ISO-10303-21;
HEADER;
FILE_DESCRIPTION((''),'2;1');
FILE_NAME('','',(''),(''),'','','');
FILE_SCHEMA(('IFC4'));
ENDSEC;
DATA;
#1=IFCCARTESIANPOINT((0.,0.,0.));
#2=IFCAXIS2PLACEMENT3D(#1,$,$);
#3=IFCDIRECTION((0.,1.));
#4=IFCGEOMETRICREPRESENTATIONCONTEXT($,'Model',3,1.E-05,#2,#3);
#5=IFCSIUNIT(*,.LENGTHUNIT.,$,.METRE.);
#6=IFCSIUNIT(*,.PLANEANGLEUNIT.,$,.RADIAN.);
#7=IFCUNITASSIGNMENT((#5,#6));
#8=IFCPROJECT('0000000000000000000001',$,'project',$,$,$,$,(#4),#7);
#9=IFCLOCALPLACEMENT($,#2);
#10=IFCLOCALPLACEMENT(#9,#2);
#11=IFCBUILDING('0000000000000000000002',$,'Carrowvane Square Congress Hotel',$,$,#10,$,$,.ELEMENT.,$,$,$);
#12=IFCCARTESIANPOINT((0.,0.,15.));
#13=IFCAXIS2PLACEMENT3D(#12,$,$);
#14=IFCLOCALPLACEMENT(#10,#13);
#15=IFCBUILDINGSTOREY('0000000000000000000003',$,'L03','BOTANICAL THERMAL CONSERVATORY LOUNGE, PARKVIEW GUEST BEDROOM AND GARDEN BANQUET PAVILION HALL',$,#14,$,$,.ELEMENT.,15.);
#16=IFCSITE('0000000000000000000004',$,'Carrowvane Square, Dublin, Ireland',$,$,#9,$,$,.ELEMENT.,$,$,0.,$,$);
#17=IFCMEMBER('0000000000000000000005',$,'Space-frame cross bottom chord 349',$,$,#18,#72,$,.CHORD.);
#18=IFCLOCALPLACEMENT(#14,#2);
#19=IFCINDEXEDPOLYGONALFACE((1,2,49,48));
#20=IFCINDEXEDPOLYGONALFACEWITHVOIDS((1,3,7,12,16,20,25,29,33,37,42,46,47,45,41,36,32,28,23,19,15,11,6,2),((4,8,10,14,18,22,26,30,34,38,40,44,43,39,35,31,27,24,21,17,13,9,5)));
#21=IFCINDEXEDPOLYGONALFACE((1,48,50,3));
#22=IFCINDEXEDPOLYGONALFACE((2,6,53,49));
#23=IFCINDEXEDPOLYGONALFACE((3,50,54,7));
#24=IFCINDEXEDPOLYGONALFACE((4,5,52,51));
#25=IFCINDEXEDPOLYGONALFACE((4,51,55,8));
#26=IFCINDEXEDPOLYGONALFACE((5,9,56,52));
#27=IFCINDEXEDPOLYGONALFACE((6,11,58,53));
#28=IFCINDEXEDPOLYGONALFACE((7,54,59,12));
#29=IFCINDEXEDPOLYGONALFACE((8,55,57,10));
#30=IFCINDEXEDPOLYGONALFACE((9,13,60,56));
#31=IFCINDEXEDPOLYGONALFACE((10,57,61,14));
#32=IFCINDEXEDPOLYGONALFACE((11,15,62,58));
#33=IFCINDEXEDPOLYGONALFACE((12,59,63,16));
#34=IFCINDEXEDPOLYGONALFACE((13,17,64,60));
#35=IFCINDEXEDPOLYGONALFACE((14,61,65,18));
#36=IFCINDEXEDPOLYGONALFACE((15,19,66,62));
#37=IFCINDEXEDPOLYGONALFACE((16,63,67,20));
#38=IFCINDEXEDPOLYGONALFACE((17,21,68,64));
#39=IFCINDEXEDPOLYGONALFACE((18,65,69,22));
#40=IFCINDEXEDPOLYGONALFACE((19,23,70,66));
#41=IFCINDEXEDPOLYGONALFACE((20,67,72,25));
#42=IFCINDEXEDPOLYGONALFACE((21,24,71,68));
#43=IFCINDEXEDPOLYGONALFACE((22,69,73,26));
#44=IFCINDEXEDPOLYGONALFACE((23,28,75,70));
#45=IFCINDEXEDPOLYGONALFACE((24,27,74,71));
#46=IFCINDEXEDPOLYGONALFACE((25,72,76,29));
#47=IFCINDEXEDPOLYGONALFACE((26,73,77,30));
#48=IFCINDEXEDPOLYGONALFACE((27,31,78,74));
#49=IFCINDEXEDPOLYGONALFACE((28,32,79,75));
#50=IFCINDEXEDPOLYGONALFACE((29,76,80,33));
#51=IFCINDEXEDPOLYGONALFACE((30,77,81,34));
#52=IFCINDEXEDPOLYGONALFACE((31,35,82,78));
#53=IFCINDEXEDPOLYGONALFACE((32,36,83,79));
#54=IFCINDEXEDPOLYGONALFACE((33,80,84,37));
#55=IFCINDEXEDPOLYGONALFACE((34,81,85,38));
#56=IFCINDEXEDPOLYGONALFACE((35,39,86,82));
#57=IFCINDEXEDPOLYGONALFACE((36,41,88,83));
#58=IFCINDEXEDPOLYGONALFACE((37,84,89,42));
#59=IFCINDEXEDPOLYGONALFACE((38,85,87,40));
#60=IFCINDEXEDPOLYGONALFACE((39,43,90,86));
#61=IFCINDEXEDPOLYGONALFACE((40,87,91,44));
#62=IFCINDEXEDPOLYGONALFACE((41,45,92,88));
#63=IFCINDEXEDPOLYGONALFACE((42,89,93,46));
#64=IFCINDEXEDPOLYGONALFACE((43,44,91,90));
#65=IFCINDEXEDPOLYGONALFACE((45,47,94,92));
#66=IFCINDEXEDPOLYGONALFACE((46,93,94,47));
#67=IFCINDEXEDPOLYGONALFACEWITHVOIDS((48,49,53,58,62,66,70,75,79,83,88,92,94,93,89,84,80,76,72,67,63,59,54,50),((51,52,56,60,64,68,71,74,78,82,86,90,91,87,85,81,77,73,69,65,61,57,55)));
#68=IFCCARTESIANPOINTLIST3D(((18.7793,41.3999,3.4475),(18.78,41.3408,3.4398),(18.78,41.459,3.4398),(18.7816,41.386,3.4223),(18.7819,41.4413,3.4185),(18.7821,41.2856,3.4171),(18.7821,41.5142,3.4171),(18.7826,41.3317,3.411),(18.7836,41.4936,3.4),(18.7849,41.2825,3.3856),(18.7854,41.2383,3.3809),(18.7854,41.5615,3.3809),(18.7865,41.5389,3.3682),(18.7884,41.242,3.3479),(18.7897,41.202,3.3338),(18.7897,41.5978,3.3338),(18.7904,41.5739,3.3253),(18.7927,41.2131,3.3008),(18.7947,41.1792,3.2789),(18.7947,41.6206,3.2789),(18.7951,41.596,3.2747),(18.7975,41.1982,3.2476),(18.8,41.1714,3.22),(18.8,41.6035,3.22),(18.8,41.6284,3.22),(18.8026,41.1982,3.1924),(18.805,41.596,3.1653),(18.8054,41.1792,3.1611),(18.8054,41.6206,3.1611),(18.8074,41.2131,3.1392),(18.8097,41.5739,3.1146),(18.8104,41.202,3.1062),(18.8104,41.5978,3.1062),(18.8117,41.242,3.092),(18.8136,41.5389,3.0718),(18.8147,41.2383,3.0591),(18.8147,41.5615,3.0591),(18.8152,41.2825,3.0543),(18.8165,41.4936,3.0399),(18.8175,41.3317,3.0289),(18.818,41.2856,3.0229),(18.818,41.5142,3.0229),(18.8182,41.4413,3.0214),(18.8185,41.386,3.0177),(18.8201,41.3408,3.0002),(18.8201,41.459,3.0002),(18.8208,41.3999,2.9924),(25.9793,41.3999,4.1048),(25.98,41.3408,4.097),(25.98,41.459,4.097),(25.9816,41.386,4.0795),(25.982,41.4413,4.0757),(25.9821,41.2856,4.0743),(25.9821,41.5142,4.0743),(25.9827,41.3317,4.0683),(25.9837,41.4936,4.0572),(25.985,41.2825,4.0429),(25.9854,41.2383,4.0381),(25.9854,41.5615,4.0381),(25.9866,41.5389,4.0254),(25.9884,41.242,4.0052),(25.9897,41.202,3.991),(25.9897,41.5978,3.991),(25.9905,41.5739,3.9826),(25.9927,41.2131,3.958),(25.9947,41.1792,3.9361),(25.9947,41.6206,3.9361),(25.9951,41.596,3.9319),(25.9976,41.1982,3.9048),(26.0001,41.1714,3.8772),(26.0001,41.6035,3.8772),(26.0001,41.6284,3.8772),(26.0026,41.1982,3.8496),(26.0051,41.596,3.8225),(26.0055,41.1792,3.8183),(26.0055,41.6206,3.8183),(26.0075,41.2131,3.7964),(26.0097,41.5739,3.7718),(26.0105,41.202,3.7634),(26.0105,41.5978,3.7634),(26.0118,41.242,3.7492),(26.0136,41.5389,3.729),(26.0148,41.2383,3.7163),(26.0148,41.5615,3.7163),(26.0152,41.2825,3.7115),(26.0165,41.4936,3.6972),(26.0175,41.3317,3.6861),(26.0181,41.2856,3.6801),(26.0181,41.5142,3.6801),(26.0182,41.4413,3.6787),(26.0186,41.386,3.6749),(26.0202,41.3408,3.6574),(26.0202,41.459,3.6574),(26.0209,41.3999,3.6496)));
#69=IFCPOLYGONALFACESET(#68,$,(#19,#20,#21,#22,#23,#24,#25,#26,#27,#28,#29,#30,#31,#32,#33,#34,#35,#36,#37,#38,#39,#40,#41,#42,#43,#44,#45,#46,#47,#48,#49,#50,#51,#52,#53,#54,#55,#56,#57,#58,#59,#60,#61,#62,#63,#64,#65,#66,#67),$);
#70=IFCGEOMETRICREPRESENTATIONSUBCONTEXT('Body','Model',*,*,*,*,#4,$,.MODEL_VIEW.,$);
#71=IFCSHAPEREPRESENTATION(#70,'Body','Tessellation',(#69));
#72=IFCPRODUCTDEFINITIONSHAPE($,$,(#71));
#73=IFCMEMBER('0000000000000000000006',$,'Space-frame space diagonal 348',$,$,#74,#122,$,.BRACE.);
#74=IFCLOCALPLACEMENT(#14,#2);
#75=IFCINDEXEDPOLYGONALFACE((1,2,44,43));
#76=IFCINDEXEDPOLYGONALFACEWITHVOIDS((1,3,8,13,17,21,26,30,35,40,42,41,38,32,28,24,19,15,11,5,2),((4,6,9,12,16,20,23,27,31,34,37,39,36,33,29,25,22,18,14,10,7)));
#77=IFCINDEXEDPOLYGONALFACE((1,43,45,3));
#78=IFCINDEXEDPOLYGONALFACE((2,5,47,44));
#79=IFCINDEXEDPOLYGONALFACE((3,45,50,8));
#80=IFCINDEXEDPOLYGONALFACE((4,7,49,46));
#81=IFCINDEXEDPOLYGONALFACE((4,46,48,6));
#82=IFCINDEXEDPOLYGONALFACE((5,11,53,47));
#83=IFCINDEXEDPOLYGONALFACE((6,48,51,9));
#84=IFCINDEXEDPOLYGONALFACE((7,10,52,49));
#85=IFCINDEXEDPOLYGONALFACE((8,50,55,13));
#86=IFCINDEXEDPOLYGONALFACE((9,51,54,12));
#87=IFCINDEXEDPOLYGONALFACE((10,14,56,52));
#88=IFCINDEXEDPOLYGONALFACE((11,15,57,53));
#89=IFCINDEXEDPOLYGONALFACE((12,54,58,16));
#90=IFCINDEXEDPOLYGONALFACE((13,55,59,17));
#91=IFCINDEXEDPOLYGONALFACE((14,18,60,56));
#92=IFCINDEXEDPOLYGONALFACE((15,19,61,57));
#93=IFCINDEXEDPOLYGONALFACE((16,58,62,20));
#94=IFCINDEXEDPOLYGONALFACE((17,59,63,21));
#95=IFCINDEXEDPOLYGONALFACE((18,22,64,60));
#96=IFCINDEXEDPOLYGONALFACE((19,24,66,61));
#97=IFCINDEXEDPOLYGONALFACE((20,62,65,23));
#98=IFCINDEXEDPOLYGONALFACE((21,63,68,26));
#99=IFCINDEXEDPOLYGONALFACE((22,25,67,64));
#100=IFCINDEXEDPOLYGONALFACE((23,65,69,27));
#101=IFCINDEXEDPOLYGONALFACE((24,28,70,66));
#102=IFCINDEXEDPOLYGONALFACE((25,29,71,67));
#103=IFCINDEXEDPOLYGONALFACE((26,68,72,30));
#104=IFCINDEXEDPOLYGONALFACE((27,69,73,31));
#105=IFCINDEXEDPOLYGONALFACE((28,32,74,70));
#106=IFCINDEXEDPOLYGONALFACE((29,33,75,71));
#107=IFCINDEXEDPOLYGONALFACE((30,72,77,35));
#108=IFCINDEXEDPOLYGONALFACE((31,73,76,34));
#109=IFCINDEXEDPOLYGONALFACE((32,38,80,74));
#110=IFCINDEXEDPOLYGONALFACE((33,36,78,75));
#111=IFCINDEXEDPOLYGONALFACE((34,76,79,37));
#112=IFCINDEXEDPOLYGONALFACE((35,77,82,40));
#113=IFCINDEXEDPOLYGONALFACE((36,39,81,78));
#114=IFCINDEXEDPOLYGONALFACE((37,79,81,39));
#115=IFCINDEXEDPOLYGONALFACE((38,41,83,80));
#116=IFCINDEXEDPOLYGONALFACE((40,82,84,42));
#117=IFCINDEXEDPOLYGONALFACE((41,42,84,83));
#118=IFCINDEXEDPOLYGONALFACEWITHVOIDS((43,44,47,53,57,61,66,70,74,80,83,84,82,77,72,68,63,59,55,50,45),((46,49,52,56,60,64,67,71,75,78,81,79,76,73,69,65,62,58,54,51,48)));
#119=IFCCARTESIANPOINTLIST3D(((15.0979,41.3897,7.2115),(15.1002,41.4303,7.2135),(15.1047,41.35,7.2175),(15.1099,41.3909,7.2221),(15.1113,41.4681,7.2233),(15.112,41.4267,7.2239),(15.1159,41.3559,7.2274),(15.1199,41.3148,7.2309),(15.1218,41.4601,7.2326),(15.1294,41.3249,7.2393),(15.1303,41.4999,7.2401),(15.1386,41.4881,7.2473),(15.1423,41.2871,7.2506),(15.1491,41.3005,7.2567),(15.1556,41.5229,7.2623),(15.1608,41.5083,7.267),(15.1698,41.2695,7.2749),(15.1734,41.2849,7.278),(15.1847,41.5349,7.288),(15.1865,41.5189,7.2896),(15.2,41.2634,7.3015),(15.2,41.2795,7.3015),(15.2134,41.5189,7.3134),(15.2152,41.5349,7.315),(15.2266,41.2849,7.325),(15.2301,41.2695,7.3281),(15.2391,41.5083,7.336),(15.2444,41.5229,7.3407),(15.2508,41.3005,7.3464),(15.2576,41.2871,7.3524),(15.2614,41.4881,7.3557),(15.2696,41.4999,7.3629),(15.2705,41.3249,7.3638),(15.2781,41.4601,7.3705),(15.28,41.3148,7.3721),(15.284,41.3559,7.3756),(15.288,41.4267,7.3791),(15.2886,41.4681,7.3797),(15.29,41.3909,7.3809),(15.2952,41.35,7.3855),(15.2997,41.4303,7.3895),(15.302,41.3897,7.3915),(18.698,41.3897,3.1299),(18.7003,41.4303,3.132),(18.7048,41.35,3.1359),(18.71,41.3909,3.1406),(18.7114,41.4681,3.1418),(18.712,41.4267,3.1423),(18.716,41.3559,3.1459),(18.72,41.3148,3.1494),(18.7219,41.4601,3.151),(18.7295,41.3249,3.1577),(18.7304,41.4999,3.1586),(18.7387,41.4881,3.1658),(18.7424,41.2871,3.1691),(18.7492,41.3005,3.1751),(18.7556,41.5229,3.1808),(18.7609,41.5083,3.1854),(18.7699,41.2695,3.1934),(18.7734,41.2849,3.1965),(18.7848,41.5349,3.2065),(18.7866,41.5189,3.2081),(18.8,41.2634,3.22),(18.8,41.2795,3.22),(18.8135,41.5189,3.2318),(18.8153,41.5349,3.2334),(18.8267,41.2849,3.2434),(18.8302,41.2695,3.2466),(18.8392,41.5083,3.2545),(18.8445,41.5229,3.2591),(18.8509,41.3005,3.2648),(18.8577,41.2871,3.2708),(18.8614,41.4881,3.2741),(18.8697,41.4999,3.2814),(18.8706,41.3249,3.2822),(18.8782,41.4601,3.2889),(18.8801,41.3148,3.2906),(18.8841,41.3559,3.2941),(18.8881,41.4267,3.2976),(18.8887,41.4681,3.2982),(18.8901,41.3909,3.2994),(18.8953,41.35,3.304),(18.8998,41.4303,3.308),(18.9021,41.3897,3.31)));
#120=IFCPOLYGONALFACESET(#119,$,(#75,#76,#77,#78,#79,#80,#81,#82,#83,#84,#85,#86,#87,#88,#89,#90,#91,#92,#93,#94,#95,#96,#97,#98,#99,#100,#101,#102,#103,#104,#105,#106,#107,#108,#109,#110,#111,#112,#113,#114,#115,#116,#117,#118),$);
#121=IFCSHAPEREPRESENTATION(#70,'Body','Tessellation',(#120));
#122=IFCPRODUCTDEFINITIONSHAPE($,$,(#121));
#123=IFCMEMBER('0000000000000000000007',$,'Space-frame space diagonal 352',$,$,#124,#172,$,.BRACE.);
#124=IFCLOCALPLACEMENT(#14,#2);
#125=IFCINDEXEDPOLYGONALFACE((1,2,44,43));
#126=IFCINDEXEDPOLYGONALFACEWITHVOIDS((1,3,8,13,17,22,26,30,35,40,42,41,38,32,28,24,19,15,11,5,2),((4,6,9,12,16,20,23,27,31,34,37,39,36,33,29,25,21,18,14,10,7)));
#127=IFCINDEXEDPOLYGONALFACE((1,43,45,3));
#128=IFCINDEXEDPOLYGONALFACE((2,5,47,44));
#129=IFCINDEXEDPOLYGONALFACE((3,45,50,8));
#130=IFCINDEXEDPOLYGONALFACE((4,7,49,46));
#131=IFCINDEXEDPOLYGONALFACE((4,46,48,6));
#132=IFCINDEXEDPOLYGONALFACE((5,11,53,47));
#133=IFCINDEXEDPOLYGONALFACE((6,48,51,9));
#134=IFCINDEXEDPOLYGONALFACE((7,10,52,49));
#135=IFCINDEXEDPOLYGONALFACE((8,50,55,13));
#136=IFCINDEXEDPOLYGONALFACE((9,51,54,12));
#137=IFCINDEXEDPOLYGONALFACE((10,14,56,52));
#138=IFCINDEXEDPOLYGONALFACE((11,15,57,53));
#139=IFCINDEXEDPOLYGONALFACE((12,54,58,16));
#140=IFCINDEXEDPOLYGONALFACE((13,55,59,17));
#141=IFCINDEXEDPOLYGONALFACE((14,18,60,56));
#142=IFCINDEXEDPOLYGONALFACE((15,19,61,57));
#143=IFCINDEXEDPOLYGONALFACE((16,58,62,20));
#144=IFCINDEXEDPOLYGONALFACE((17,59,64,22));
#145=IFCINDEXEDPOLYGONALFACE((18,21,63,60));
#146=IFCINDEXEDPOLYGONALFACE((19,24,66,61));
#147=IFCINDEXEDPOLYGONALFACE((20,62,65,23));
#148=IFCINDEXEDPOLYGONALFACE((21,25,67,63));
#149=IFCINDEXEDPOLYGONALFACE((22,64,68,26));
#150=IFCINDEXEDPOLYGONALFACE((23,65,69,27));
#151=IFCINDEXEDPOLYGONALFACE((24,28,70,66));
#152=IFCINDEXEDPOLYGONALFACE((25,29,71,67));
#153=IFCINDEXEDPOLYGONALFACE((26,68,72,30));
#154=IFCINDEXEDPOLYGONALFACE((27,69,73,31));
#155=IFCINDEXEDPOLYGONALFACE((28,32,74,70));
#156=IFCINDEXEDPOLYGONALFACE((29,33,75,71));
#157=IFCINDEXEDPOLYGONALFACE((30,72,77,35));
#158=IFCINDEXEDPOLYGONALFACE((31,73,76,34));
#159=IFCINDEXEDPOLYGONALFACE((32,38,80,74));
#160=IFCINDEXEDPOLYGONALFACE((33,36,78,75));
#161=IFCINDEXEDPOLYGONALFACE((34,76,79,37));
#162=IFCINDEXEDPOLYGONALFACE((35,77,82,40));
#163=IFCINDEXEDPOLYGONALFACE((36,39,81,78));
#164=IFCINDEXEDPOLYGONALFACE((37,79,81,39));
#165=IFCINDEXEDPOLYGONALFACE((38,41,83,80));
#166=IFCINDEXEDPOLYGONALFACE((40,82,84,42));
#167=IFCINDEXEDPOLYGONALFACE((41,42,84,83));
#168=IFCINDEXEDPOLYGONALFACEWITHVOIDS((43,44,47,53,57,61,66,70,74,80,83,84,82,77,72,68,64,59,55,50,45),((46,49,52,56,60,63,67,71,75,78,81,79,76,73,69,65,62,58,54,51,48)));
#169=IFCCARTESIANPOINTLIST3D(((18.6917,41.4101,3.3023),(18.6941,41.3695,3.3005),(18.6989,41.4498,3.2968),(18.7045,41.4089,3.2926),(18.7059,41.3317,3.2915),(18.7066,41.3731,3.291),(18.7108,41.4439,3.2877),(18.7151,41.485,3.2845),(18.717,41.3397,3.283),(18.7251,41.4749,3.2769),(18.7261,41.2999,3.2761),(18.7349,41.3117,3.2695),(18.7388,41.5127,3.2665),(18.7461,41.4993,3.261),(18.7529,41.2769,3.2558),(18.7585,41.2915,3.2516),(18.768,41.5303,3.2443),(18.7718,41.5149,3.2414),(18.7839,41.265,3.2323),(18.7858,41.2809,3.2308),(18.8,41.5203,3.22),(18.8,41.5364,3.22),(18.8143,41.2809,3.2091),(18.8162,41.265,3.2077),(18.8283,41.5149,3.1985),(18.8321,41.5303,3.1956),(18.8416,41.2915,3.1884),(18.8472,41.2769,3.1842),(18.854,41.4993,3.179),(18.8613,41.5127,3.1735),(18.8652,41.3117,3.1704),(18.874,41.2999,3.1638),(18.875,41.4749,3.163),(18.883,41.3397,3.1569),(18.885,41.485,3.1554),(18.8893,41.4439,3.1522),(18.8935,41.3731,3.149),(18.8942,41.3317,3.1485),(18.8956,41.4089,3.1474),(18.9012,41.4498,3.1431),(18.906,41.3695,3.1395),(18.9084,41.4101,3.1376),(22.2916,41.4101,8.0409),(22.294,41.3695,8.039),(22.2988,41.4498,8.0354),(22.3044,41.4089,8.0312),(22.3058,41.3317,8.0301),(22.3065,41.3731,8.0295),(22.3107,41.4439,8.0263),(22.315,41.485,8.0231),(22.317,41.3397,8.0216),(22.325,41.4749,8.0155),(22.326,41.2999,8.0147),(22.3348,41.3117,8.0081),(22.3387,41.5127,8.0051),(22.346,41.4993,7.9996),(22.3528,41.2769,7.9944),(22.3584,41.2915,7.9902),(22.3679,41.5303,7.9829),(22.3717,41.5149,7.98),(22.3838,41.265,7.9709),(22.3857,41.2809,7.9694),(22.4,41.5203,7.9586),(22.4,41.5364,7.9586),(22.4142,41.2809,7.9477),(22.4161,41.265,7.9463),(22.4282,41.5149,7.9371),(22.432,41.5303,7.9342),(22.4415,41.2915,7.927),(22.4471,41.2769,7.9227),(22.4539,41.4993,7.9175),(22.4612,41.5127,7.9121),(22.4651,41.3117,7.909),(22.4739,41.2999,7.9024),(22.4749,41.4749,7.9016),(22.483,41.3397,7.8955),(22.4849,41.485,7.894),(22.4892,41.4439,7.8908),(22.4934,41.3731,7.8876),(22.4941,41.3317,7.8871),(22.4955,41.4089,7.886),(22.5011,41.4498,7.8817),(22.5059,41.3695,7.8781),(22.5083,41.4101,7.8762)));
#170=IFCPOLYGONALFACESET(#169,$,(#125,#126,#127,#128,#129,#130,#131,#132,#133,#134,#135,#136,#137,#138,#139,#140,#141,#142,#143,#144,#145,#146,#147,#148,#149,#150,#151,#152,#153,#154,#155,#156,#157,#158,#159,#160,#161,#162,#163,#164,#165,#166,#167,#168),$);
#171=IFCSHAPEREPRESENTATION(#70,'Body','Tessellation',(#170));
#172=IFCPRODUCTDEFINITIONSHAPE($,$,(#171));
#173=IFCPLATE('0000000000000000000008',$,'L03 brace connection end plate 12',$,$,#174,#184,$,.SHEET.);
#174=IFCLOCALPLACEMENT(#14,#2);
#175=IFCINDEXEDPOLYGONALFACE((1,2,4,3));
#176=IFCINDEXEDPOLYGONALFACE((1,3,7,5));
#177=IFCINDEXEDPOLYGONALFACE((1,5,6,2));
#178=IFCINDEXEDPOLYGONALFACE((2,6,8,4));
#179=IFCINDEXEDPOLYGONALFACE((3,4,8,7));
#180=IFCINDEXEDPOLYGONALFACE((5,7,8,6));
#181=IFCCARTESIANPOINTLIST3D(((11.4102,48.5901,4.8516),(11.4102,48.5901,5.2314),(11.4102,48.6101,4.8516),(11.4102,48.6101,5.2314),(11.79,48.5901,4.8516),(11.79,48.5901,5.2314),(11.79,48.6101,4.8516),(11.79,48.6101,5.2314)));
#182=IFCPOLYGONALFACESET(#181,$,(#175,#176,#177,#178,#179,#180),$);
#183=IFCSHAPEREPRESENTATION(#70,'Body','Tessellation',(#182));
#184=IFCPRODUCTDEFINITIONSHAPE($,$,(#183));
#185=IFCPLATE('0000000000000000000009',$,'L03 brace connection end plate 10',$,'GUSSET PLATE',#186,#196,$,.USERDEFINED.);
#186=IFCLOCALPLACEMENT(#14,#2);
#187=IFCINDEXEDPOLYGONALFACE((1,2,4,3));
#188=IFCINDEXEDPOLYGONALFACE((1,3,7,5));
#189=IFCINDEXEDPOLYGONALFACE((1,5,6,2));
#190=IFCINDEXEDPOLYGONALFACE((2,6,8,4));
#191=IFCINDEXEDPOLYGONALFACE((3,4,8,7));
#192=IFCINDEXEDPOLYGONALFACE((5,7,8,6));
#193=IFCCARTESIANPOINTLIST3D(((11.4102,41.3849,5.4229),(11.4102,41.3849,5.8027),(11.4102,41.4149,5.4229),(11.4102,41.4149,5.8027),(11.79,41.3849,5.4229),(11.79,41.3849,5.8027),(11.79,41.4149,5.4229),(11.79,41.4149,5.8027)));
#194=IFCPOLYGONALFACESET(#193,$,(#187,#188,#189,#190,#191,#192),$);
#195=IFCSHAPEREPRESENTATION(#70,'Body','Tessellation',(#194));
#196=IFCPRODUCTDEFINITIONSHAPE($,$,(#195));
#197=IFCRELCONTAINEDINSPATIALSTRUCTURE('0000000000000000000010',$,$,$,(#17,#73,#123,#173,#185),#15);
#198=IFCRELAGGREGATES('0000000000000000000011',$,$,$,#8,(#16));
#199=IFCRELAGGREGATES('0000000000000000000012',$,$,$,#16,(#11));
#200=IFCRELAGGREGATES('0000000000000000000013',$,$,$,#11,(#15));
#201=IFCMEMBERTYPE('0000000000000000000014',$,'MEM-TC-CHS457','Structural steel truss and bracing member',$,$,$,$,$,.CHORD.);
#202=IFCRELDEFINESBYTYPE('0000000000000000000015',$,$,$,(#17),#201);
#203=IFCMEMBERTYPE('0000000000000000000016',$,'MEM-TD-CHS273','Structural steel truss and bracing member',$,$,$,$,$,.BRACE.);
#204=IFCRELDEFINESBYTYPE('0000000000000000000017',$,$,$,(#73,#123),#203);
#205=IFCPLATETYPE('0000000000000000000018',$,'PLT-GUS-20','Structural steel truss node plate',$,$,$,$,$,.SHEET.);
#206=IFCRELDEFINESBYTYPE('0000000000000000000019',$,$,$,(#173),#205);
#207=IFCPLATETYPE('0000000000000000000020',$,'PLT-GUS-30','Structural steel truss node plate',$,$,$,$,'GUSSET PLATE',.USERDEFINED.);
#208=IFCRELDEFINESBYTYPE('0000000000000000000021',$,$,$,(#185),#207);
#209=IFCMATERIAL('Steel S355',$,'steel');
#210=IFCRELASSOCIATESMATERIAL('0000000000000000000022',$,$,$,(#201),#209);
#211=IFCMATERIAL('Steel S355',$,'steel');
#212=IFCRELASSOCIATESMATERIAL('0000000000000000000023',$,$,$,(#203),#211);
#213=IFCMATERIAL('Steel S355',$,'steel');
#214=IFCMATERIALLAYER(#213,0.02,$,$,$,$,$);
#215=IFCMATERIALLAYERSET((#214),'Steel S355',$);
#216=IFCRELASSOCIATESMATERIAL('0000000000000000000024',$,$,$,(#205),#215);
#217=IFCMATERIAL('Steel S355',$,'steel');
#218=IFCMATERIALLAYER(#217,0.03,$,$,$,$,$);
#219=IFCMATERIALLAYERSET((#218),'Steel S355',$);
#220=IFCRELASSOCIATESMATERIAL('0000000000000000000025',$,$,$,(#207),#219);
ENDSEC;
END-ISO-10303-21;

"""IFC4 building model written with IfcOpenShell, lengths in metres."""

from ifc_helpers import new_model, si_unit, direction, frame, origin, origin_2d, place, context, subcontext, project, spatial, rectangle, hollow_circle, extrude, material, layer, layer_set, material_profile, profile_set, type_object, element, save


model = new_model("IFC4")

# Units and contexts
model_context = context("Model", 3, precision=1e-05, world=origin(), true_north=direction((0.0, 1.0)))
body_context = subcontext(model_context, "Body", "Model", "MODEL_VIEW")
ifc_project = project(units=[si_unit("LENGTHUNIT", "METRE"), si_unit("PLANEANGLEUNIT", "RADIAN")], contexts=[model_context])

# Site, building, storey
site_placement = place(None, origin())
site = spatial("IfcSite", under=ifc_project, at=site_placement, Name="Carrowvane Square, Dublin, Ireland", CompositionType="ELEMENT", RefElevation=0.0)
building_placement = place(site_placement, origin())
building = spatial("IfcBuilding", under=site, at=building_placement, Name="Carrowvane Square Congress Hotel", CompositionType="ELEMENT")
storey_placement = place(building_placement, frame((0.0, 0.0, 15.0)))
storey = spatial("IfcBuildingStorey", under=building, at=storey_placement, Name="L03", Description="BOTANICAL THERMAL CONSERVATORY LOUNGE, PARKVIEW GUEST BEDROOM AND GARDEN BANQUET PAVILION HALL", CompositionType="ELEMENT", Elevation=15.0)

# Members
ifc_material_1 = material(Name="Steel S355", Category="steel")
ifc_material_profile_1 = material_profile(ifc_material_1, hollow_circle(Radius=0.2285, WallThickness=0.0249, at=origin_2d()), Name="CHS 457.0x25")
ifc_profile_set_1 = profile_set([ifc_material_profile_1], Name="Steel S355")
member_type_1 = type_object("IfcMemberType", Name="MEM-TC-CHS457", Description="Structural steel truss and bracing member", PredefinedType="CHORD", material=ifc_profile_set_1)
member_1_placement = place(storey_placement, frame((18.8, 41.3999, 3.22), z_axis=(0.99586, 0.0, 0.090904), x_axis=(0.0, 1.0, 0.0)))
element("IfcMember", 1, at=member_1_placement, inside=storey, type_object=member_type_1, Name="Space-frame cross bottom chord 349", PredefinedType="CHORD", context=body_context, shape_type="SweptSolid", body=[
    extrude(hollow_circle(Radius=0.2285, WallThickness=0.0249, at=origin_2d()), origin(), (0.0, 0.0, 1.0), 7.23),
])
ifc_material_2 = material(Name="Steel S355", Category="steel")
ifc_material_profile_2 = material_profile(ifc_material_2, hollow_circle(Radius=0.1365, WallThickness=0.0161, at=origin_2d()), Name="CHS 273.0x16")
ifc_profile_set_2 = profile_set([ifc_material_profile_2], Name="Steel S355")
member_type_2 = type_object("IfcMemberType", Name="MEM-TD-CHS273", Description="Structural steel truss and bracing member", PredefinedType="BRACE", material=ifc_profile_set_2)
member_2_placement = place(storey_placement, frame((18.8, 41.3999, 3.22), z_axis=(-0.661491, 0.0, 0.749953), x_axis=(0.0, -1.0, 0.0)))
element("IfcMember", 2, at=member_2_placement, inside=storey, type_object=member_type_2, Name="Space-frame space diagonal 348", PredefinedType="BRACE", context=body_context, shape_type="SweptSolid", body=[
    extrude(hollow_circle(Radius=0.1365, WallThickness=0.0161, at=origin_2d()), origin(), (0.0, 0.0, 1.0), 5.4424),
])
member_3_placement = place(storey_placement, frame((18.8, 41.3999, 3.22), z_axis=(0.604931, 0.0, 0.796278), x_axis=(0.0, 1.0, 0.0)))
element("IfcMember", 3, at=member_3_placement, inside=storey, type_object=member_type_2, Name="Space-frame space diagonal 352", PredefinedType="BRACE", context=body_context, shape_type="SweptSolid", body=[
    extrude(hollow_circle(Radius=0.1365, WallThickness=0.0161, at=origin_2d()), origin(), (0.0, 0.0, 1.0), 5.9509),
])

# Plates
ifc_material_3 = material(Name="Steel S355", Category="steel")
ifc_layer_1 = layer(ifc_material_3, 0.02)
ifc_layer_set_1 = layer_set([ifc_layer_1], Name="Steel S355")
plate_type_1 = type_object("IfcPlateType", Name="PLT-GUS-20", Description="Structural steel truss node plate", PredefinedType="SHEET", material=ifc_layer_set_1)
plate_1_placement = place(storey_placement, frame((11.6001, 48.6001, 4.8516), z_axis=(0.0, 0.0, 1.0), x_axis=(1.0, 0.0, 0.0)))
element("IfcPlate", 4, at=plate_1_placement, inside=storey, type_object=plate_type_1, Name="L03 brace connection end plate 12", PredefinedType="SHEET", context=body_context, shape_type="SweptSolid", body=[
    extrude(rectangle(XDim=0.3799, YDim=0.02, at=origin_2d()), origin(), (0.0, 0.0, 1.0), 0.3799),
])
ifc_material_4 = material(Name="Steel S355", Category="steel")
ifc_layer_2 = layer(ifc_material_4, 0.03)
ifc_layer_set_2 = layer_set([ifc_layer_2], Name="Steel S355")
plate_type_2 = type_object("IfcPlateType", Name="PLT-GUS-30", Description="Structural steel truss node plate", ElementType="GUSSET PLATE", PredefinedType="USERDEFINED", material=ifc_layer_set_2)
plate_2_placement = place(storey_placement, frame((11.6001, 41.3999, 5.4229), z_axis=(0.0, 0.0, 1.0), x_axis=(1.0, 0.0, 0.0)))
element("IfcPlate", 5, at=plate_2_placement, inside=storey, type_object=plate_type_2, Name="L03 brace connection end plate 10", ObjectType="GUSSET PLATE", PredefinedType="USERDEFINED", context=body_context, shape_type="SweptSolid", body=[
    extrude(rectangle(XDim=0.3799, YDim=0.03, at=origin_2d()), origin(), (0.0, 0.0, 1.0), 0.3799),
])

save(model, "model.ifc")
